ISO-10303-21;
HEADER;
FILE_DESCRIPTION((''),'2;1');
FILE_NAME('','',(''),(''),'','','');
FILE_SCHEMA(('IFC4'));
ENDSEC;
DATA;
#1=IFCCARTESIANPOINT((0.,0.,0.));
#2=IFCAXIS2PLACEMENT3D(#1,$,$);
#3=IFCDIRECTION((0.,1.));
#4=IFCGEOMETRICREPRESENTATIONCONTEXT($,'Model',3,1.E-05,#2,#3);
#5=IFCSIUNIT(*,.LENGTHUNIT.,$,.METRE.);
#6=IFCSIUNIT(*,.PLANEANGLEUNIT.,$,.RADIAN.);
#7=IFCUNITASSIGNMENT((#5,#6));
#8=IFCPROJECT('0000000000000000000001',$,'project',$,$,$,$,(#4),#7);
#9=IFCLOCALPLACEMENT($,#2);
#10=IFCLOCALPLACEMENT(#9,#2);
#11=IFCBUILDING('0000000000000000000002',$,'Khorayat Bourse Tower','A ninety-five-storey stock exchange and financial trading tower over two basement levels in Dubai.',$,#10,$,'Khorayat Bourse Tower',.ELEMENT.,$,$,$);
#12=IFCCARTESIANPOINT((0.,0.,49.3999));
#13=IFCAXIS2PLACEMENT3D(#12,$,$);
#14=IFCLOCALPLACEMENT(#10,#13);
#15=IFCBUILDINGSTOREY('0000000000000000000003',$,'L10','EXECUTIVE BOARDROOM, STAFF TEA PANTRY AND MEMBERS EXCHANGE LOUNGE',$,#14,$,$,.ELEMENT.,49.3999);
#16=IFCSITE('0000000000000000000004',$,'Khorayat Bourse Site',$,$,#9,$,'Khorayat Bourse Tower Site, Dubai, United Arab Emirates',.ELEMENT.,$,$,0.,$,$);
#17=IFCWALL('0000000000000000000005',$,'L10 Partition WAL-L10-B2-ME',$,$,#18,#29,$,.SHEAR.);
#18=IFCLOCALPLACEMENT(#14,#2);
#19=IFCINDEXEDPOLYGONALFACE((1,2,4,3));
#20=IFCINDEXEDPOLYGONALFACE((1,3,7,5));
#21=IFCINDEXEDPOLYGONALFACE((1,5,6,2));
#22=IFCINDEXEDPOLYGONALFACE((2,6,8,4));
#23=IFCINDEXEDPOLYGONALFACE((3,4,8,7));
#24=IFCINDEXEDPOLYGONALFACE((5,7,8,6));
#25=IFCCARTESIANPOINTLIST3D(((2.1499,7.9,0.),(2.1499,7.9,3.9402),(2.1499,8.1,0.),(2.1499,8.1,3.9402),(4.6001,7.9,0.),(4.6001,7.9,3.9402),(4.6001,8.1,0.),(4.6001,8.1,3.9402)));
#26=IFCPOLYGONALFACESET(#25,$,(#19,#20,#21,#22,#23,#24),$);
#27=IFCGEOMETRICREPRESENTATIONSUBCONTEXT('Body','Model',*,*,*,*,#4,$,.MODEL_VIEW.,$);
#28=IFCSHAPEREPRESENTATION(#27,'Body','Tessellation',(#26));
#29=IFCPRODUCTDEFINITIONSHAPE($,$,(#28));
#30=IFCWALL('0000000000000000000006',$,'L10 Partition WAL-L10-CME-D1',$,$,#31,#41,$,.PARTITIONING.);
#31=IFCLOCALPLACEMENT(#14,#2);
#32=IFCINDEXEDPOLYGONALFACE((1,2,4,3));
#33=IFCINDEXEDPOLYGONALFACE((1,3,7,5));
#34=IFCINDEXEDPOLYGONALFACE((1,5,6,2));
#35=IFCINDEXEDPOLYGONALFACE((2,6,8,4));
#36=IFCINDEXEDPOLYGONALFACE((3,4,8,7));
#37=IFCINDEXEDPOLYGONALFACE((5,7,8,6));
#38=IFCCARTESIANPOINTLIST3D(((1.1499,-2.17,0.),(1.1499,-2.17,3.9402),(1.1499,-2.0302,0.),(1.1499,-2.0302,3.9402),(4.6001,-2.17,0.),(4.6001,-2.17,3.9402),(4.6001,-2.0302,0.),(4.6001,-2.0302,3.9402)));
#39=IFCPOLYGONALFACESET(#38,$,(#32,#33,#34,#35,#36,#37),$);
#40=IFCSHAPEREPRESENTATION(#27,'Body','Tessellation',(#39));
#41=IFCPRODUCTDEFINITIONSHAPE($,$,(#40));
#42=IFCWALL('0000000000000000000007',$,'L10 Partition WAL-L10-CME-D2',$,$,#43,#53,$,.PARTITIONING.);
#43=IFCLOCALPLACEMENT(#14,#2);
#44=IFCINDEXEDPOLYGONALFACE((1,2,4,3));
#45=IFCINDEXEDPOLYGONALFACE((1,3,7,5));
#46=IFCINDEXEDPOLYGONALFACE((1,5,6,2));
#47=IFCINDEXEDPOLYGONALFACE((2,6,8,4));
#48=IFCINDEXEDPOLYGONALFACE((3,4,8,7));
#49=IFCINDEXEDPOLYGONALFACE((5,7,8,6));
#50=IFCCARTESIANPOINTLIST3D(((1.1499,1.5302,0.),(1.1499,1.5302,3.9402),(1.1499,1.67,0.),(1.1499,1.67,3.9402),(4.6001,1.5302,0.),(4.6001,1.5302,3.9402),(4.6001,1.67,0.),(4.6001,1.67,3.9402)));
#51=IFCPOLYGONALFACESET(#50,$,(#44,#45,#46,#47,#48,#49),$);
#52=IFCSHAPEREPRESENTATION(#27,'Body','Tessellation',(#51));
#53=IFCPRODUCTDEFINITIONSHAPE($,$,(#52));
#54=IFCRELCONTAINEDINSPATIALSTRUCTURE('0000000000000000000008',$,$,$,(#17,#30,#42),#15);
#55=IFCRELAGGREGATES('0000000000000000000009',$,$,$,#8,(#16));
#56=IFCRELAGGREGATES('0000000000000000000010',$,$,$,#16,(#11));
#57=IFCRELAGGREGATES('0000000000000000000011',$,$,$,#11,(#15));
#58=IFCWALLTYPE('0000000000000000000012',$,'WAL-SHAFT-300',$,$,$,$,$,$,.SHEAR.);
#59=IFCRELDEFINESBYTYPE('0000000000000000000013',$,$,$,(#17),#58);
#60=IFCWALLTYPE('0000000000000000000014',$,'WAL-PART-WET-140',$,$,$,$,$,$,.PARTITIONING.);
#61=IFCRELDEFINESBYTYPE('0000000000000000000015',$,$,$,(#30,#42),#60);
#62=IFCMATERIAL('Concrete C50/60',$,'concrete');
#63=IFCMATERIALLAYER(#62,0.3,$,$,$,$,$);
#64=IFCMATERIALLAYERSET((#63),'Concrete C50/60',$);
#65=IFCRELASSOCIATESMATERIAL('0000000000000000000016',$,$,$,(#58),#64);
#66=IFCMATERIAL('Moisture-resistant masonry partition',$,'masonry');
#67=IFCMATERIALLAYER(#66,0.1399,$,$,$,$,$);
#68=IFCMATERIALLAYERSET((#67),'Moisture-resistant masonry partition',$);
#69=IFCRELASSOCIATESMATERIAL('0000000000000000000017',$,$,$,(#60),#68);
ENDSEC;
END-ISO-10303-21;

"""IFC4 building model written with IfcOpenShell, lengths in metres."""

from ifc_helpers import new_model, si_unit, direction, frame, frame_2d, origin, place, context, subcontext, project, spatial, rectangle, extrude, source, transform, mapped, material, layer, layer_set, type_object, element, save


model = new_model("IFC4")

# Units and contexts
model_context = context("Model", 3, precision=1e-05, world=origin(), true_north=direction((0.0, 1.0)))
body_context = subcontext(model_context, "Body", "Model", "MODEL_VIEW")
ifc_project = project(units=[si_unit("LENGTHUNIT", "METRE"), si_unit("PLANEANGLEUNIT", "RADIAN")], contexts=[model_context])

# Site, building, storey
site_placement = place(None, origin())
site = spatial("IfcSite", under=ifc_project, at=site_placement, Name="Khorayat Bourse Site", LongName="Khorayat Bourse Tower Site, Dubai, United Arab Emirates", CompositionType="ELEMENT", RefElevation=0.0)
building_placement = place(site_placement, origin())
building = spatial("IfcBuilding", under=site, at=building_placement, Name="Khorayat Bourse Tower", Description="A ninety-five-storey stock exchange and financial trading tower over two basement levels in Dubai.", LongName="Khorayat Bourse Tower", CompositionType="ELEMENT")
storey_placement = place(building_placement, frame((0.0, 0.0, 49.3999)))
storey = spatial("IfcBuildingStorey", under=building, at=storey_placement, Name="L10", Description="EXECUTIVE BOARDROOM, STAFF TEA PANTRY AND MEMBERS EXCHANGE LOUNGE", CompositionType="ELEMENT", Elevation=49.3999)

# Shared definitions
ifc_material_1 = material(Name="Concrete C50/60", Category="concrete")
ifc_layer_1 = layer(ifc_material_1, 0.3)
ifc_layer_set_1 = layer_set([ifc_layer_1], Name="Concrete C50/60")
wall_type_1 = type_object("IfcWallType", Name="WAL-SHAFT-300", PredefinedType="SHEAR", material=ifc_layer_set_1)
ifc_material_2 = material(Name="Moisture-resistant masonry partition", Category="masonry")
ifc_layer_2 = layer(ifc_material_2, 0.1399)
ifc_layer_set_2 = layer_set([ifc_layer_2], Name="Moisture-resistant masonry partition")
wall_type_2 = type_object("IfcWallType", Name="WAL-PART-WET-140", PredefinedType="PARTITIONING", material=ifc_layer_set_2)

# Wall
shared_shape_1 = source(origin(), body_context, "Body", "SweptSolid", [
    extrude(rectangle(XDim=2.4502, YDim=0.2, at=frame_2d((1.2251, 0.0))), origin(), (0.0, 0.0, 1.0), 3.9402),
])
wall_1_placement = place(storey_placement, frame((2.1499, 8.0, 0.0), z_axis=(0.0, 0.0, 1.0), x_axis=(1.0, 0.0, 0.0)))
element("IfcWall", 1, at=wall_1_placement, inside=storey, type_object=wall_type_1, Name="L10 Partition WAL-L10-B2-ME", PredefinedType="SHEAR", context=body_context, shape_type="MappedRepresentation", body=[
    mapped(shared_shape_1, transform((0.0, 0.0, 0.0), scale=1.0)),
])

# Walls
shared_shape_2 = source(origin(), body_context, "Body", "SweptSolid", [
    extrude(rectangle(XDim=3.4502, YDim=0.1399, at=frame_2d((1.7251, 0.0))), origin(), (0.0, 0.0, 1.0), 3.9402),
])
for number, where, z_axis, x_axis, name in (
    (2, (1.1499, -2.1001, 0.0), (0.0, 0.0, 1.0), (1.0, 0.0, 0.0), "L10 Partition WAL-L10-CME-D1"),
    (3, (1.1499, 1.6001, 0.0), (0.0, 0.0, 1.0), (1.0, 0.0, 0.0), "L10 Partition WAL-L10-CME-D2"),
):
    element("IfcWall", number, at=place(storey_placement, frame(where, z_axis=z_axis, x_axis=x_axis)), inside=storey, type_object=wall_type_2, Name=name, PredefinedType="PARTITIONING", context=body_context, shape_type="MappedRepresentation", body=[
        mapped(shared_shape_2, transform((0.0, 0.0, 0.0), scale=1.0)),
    ])

save(model, "model.ifc")
